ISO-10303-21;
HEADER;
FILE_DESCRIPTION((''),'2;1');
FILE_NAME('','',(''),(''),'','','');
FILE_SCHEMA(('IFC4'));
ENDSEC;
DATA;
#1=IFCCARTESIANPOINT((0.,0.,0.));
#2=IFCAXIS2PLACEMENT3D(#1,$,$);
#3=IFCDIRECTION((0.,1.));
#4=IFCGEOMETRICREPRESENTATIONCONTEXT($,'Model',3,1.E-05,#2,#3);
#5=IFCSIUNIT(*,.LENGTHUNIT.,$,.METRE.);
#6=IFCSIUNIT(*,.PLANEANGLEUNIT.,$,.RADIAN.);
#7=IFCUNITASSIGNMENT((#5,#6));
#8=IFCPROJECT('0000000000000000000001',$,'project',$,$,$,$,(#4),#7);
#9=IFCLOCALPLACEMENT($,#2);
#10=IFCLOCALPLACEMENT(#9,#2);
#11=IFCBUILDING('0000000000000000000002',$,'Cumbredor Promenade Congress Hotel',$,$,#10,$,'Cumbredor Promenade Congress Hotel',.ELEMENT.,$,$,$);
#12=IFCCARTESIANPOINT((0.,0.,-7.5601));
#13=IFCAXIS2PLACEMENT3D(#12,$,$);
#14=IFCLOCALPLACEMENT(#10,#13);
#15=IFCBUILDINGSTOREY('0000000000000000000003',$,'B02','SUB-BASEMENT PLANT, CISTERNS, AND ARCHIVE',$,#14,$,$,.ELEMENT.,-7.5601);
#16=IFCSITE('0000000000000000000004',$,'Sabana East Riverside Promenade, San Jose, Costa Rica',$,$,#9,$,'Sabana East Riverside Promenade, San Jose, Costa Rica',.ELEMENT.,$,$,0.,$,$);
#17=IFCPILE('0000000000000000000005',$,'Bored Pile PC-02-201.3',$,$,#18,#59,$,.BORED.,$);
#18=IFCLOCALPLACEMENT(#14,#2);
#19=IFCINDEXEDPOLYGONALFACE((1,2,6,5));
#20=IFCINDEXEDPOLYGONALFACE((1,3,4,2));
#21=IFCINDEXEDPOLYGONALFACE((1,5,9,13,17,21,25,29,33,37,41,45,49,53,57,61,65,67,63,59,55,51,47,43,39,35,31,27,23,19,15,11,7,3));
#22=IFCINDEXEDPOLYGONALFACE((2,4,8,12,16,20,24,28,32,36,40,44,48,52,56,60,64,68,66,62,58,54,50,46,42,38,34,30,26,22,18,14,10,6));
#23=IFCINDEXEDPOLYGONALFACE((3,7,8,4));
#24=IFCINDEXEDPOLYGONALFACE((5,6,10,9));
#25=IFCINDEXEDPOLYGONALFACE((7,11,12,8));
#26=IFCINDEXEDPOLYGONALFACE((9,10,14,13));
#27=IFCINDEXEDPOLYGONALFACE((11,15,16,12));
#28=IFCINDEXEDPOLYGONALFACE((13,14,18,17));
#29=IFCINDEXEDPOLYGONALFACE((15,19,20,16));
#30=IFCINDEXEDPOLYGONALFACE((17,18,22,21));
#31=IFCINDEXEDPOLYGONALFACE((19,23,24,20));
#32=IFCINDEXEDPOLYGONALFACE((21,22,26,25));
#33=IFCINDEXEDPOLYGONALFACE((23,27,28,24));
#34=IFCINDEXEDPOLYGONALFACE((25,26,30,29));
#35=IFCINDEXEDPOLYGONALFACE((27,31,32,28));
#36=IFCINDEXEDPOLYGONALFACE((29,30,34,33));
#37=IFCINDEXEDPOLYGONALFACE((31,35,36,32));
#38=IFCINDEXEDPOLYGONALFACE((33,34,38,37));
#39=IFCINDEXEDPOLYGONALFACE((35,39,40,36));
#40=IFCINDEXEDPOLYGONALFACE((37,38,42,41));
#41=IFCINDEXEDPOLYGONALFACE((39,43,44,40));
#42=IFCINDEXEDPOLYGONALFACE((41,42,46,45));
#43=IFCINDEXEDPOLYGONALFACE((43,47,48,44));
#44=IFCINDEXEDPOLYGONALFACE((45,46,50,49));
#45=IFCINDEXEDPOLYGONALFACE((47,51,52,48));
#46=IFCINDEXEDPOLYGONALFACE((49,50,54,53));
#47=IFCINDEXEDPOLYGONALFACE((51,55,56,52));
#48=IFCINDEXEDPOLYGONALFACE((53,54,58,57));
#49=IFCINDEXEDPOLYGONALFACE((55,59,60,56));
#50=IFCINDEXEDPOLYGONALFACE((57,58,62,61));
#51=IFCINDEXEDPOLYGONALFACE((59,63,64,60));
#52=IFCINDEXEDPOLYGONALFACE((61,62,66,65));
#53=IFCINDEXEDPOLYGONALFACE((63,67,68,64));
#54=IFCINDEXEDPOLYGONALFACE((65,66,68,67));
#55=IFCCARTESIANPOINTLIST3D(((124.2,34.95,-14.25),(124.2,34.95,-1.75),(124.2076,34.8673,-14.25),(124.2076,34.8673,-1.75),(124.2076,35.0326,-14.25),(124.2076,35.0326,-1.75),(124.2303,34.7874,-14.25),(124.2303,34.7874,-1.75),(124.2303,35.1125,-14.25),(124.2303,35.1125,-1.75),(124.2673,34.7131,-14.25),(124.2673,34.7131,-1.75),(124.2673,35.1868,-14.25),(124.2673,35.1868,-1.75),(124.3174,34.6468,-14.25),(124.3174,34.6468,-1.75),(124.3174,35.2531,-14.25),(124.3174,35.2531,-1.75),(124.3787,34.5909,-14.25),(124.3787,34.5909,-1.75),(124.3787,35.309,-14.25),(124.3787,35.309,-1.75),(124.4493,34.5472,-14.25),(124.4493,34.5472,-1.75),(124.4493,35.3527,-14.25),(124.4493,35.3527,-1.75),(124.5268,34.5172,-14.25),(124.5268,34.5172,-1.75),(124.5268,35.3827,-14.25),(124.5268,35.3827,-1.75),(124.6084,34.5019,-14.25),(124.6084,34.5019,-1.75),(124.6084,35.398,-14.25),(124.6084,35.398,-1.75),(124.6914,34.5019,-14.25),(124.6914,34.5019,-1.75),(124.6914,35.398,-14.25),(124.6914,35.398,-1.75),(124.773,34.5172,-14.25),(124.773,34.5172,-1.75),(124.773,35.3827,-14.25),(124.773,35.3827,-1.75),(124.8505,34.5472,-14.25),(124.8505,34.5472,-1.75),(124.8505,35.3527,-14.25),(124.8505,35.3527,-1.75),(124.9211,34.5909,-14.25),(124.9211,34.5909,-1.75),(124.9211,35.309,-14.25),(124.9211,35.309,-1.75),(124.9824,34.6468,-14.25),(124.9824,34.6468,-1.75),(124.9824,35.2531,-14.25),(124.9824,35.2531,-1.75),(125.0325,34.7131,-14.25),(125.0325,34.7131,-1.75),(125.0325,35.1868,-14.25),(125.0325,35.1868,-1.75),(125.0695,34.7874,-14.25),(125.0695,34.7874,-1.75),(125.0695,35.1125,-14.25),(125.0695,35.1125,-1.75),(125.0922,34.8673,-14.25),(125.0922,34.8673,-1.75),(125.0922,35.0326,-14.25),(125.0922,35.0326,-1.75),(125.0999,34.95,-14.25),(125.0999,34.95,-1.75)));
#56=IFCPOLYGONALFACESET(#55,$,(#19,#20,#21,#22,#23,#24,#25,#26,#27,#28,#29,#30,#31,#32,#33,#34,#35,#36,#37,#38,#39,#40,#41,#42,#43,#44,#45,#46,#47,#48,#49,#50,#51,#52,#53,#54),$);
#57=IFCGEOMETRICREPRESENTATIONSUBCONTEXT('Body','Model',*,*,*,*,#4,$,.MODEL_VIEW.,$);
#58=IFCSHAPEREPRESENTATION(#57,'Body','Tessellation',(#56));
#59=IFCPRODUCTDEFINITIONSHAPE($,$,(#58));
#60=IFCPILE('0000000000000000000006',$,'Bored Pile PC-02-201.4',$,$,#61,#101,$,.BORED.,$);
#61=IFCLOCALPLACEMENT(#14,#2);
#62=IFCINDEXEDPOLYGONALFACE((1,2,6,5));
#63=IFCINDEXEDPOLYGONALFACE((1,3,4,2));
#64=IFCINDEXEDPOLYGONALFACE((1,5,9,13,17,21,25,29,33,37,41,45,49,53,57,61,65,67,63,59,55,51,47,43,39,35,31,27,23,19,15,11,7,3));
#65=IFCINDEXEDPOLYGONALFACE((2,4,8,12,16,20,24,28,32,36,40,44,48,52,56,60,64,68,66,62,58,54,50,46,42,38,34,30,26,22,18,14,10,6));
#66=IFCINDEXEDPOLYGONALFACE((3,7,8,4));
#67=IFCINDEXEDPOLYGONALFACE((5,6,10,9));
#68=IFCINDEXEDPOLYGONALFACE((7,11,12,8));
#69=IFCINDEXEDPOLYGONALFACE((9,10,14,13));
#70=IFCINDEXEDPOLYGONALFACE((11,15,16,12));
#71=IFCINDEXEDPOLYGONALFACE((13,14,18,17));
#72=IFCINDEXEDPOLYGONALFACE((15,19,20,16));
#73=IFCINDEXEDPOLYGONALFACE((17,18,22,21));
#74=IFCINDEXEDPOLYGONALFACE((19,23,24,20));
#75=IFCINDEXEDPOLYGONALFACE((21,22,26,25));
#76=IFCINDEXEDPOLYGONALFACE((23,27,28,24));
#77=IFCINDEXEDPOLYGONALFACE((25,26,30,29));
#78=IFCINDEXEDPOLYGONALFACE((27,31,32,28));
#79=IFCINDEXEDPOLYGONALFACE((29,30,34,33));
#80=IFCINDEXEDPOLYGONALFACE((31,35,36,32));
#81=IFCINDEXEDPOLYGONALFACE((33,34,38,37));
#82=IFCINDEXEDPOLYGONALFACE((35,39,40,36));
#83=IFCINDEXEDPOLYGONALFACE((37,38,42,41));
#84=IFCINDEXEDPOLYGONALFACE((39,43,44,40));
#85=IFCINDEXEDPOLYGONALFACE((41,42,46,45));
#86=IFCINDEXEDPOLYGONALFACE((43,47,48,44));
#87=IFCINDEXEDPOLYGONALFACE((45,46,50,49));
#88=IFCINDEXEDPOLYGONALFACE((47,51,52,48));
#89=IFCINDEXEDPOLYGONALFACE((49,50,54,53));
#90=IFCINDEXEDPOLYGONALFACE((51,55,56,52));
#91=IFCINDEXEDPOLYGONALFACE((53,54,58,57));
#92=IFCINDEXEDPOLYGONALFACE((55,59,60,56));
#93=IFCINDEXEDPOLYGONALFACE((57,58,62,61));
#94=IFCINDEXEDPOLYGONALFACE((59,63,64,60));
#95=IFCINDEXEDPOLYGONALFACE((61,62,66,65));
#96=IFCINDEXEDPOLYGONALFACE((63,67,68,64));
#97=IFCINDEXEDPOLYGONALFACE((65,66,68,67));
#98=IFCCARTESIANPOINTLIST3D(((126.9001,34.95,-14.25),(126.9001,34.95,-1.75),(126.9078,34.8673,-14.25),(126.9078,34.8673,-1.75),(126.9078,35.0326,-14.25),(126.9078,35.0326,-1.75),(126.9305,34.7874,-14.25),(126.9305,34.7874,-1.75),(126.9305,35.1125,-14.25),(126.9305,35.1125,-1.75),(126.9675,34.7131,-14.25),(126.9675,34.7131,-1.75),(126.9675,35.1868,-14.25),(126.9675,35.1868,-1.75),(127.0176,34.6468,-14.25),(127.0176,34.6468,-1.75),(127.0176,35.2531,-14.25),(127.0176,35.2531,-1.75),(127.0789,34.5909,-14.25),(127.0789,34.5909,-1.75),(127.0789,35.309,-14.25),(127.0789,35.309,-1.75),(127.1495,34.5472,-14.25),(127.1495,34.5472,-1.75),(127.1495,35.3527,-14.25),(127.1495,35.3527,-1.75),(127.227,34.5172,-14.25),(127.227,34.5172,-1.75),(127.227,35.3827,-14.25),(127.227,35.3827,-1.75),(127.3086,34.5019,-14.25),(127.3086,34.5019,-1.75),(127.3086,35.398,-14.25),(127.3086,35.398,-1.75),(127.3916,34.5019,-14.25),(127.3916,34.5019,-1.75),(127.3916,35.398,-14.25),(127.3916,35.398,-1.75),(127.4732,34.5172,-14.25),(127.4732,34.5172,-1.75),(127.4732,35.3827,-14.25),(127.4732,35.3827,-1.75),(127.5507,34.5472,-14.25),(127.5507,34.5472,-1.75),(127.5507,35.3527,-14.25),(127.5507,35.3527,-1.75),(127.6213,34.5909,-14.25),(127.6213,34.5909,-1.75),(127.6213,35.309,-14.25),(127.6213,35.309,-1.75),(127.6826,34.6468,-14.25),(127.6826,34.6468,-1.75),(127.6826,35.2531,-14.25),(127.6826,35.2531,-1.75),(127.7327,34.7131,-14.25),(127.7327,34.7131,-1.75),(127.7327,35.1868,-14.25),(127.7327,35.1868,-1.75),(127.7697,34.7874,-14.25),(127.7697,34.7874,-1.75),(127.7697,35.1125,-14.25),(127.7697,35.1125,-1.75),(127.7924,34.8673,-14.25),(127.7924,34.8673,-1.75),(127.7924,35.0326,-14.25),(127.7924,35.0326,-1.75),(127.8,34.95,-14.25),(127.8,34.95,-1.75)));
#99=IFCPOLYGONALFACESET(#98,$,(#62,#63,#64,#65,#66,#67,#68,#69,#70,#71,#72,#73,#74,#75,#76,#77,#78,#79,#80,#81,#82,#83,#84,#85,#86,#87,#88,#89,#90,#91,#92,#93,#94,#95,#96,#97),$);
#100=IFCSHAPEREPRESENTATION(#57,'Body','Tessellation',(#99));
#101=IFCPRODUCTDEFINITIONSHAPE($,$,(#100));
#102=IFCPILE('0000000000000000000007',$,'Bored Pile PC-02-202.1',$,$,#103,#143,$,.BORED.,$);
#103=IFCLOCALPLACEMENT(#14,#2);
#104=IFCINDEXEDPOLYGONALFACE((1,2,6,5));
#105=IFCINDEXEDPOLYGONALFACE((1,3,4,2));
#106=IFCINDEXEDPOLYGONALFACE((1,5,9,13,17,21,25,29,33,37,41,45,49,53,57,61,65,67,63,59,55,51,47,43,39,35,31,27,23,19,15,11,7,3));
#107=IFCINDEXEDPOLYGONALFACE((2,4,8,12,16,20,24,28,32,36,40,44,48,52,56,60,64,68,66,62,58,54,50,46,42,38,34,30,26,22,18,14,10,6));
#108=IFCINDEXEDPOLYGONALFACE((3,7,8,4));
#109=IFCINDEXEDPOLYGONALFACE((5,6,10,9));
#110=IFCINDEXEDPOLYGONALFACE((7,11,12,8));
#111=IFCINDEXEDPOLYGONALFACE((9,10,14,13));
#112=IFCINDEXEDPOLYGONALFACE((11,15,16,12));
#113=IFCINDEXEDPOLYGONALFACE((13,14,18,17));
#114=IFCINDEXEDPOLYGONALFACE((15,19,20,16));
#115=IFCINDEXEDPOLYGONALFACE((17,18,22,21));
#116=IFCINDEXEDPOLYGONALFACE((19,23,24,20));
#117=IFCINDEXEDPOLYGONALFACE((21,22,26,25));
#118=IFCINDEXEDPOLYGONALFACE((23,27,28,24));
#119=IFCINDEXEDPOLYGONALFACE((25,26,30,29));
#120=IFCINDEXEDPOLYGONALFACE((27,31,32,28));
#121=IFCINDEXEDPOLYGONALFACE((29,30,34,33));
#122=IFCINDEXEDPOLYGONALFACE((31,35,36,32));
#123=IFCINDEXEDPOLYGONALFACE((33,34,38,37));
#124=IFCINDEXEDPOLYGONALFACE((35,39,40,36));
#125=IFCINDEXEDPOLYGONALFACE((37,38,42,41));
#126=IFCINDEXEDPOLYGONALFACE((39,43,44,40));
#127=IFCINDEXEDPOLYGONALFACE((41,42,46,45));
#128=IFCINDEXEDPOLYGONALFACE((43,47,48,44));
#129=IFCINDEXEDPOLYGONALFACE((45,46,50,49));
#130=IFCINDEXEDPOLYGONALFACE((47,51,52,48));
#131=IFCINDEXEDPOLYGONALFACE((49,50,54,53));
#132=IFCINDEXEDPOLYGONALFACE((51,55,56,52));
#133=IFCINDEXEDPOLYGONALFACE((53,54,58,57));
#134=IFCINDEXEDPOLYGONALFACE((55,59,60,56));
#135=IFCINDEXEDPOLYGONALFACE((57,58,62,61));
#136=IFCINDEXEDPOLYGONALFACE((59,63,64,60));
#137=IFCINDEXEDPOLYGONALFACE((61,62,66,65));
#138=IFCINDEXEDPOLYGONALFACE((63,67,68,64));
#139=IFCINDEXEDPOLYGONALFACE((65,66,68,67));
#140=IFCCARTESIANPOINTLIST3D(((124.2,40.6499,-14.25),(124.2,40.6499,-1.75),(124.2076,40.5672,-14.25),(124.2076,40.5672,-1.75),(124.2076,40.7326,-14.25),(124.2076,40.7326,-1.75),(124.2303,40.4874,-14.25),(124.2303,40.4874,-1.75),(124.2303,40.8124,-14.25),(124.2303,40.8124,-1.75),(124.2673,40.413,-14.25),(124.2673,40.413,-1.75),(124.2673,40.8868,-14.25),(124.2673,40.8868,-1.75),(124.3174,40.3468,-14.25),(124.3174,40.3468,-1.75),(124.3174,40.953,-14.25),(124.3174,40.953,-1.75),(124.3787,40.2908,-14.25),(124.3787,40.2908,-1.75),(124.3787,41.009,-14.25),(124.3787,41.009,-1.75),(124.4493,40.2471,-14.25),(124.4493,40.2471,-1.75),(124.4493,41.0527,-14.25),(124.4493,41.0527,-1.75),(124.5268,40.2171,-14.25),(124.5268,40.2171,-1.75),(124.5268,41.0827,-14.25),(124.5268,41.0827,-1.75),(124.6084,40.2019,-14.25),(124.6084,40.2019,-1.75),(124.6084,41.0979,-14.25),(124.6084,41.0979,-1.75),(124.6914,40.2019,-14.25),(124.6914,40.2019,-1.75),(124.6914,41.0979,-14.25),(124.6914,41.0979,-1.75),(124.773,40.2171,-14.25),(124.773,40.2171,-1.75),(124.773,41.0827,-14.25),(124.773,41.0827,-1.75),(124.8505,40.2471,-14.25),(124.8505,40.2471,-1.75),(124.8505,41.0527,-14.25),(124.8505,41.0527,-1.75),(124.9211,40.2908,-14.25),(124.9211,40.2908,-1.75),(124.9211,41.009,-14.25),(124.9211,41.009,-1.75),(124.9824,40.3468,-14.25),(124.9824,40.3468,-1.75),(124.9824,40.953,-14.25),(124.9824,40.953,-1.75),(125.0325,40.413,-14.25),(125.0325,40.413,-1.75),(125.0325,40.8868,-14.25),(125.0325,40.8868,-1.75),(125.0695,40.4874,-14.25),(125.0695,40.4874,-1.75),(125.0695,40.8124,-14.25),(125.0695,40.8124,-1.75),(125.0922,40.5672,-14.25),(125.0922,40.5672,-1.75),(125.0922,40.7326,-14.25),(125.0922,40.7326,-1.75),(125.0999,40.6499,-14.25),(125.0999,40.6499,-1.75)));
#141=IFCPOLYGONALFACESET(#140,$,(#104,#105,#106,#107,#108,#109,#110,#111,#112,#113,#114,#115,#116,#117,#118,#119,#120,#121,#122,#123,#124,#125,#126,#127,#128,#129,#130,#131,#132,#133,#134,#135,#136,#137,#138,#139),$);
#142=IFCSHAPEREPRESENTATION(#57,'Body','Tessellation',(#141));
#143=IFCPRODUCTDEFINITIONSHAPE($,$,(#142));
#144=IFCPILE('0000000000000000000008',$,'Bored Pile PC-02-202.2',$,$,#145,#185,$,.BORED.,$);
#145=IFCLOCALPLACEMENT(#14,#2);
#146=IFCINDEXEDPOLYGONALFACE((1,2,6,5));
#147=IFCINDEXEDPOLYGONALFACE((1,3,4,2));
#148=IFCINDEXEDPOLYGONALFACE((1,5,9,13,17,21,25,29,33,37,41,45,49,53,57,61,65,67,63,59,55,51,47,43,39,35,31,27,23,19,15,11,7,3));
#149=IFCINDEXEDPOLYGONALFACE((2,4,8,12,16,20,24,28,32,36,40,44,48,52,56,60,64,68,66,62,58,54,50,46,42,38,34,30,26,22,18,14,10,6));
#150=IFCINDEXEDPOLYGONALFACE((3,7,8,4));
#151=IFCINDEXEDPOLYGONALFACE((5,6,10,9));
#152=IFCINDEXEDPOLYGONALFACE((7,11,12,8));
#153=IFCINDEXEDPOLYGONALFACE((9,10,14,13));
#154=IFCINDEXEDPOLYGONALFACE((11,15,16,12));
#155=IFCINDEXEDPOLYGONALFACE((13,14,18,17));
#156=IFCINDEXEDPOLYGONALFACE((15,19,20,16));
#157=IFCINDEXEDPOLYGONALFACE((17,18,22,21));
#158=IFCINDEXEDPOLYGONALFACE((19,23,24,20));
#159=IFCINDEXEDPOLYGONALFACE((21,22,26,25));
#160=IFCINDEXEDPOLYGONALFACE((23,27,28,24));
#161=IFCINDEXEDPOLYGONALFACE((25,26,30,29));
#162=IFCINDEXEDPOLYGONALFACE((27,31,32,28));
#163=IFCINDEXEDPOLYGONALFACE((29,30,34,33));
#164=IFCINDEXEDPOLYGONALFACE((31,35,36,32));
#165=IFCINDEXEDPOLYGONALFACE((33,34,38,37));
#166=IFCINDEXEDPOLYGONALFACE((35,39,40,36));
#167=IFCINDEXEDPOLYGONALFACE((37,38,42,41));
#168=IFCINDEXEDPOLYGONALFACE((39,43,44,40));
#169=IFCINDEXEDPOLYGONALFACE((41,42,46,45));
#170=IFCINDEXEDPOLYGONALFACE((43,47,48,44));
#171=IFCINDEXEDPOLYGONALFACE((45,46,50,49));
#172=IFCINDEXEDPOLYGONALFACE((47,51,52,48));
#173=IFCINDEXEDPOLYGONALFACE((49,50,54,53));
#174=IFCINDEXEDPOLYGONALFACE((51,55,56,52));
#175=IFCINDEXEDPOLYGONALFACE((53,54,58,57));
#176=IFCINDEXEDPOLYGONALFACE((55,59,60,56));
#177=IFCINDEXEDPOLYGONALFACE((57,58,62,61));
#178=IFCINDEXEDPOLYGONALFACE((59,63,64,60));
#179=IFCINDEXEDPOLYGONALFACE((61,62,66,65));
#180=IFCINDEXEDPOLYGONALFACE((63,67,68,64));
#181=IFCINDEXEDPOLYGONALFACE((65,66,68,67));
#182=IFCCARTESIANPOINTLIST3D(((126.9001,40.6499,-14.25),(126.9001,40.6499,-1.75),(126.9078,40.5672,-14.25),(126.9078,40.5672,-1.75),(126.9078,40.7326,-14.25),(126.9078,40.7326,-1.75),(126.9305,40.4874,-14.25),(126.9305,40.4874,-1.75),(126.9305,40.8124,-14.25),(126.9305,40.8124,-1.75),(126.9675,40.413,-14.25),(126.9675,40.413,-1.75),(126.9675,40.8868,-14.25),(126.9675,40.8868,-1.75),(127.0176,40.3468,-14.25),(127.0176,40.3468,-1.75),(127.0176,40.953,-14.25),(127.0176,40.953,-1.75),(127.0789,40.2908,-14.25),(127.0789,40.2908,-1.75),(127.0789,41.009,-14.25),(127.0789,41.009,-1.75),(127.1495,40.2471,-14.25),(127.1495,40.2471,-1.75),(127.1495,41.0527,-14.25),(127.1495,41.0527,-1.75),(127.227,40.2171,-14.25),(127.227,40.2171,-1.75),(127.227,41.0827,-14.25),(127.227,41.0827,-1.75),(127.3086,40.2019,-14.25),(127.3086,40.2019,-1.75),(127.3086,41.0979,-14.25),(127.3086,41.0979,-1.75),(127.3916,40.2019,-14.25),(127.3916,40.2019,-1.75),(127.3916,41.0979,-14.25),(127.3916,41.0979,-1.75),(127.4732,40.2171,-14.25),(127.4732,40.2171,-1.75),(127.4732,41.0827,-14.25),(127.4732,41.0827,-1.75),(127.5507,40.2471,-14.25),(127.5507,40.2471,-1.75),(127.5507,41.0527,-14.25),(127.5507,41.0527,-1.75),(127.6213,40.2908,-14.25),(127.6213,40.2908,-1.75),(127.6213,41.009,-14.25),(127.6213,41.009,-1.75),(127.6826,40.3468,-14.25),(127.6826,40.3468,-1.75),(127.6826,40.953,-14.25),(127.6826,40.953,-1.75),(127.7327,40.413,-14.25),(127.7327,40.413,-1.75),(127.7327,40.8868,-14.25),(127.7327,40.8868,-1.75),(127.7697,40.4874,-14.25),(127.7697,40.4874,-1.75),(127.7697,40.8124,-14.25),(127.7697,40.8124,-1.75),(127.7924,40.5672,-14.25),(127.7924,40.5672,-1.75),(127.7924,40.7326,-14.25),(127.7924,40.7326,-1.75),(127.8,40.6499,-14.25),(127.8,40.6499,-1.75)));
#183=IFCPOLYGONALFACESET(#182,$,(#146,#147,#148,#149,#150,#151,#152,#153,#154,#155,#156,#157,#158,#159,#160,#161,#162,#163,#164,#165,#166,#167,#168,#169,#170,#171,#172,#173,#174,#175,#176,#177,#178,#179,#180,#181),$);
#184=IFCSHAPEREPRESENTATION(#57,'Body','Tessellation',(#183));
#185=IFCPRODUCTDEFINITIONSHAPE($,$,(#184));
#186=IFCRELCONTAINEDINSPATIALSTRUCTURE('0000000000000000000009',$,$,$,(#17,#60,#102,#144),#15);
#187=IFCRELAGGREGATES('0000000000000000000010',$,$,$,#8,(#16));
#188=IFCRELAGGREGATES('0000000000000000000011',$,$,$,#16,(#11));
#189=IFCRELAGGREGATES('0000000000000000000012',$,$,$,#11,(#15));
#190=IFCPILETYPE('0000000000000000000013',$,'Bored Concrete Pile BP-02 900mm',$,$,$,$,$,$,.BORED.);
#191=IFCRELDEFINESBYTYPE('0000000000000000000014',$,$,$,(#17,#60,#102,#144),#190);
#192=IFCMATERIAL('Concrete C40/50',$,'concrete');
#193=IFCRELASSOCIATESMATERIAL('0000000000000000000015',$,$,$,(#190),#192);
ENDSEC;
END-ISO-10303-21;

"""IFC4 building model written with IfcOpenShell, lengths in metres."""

from ifc_helpers import new_model, si_unit, direction, frame, origin, origin_2d, place, context, subcontext, project, spatial, circle, extrude, material, material_profile, profile_set, type_object, element, save


model = new_model("IFC4")

# Units and contexts
model_context = context("Model", 3, precision=1e-05, world=origin(), true_north=direction((0.0, 1.0)))
body_context = subcontext(model_context, "Body", "Model", "MODEL_VIEW")
ifc_project = project(units=[si_unit("LENGTHUNIT", "METRE"), si_unit("PLANEANGLEUNIT", "RADIAN")], contexts=[model_context])

# Site, building, storey
site_placement = place(None, origin())
site = spatial("IfcSite", under=ifc_project, at=site_placement, Name="Sabana East Riverside Promenade, San Jose, Costa Rica", LongName="Sabana East Riverside Promenade, San Jose, Costa Rica", CompositionType="ELEMENT", RefElevation=0.0)
building_placement = place(site_placement, origin())
building = spatial("IfcBuilding", under=site, at=building_placement, Name="Cumbredor Promenade Congress Hotel", LongName="Cumbredor Promenade Congress Hotel", CompositionType="ELEMENT")
storey_placement = place(building_placement, frame((0.0, 0.0, -7.5601)))
storey = spatial("IfcBuildingStorey", under=building, at=storey_placement, Name="B02", Description="SUB-BASEMENT PLANT, CISTERNS, AND ARCHIVE", CompositionType="ELEMENT", Elevation=-7.5601)

# Piles
ifc_material_1 = material(Name="Concrete C40/50", Category="concrete")
ifc_material_profile_1 = material_profile(ifc_material_1, circle(Radius=0.45, at=origin_2d()), Name="PILE D900")
ifc_profile_set_1 = profile_set([ifc_material_profile_1], Name="Concrete C40/50")
pile_type = type_object("IfcPileType", Name="Bored Concrete Pile BP-02 900mm", PredefinedType="BORED", material=ifc_profile_set_1)
for number, where, z_axis, x_axis, name in (
    (1, (124.6499, 34.95, -1.75), (0.0, 0.0, -1.0), (1.0, 0.0, 0.0), "Bored Pile PC-02-201.3"),
    (2, (127.3501, 34.95, -1.75), (0.0, 0.0, -1.0), (1.0, 0.0, 0.0), "Bored Pile PC-02-201.4"),
    (3, (124.6499, 40.6499, -1.75), (0.0, 0.0, -1.0), (1.0, 0.0, 0.0), "Bored Pile PC-02-202.1"),
    (4, (127.3501, 40.6499, -1.75), (0.0, 0.0, -1.0), (1.0, 0.0, 0.0), "Bored Pile PC-02-202.2"),
):
    element("IfcPile", number, at=place(storey_placement, frame(where, z_axis=z_axis, x_axis=x_axis)), inside=storey, type_object=pile_type, Name=name, PredefinedType="BORED", context=body_context, shape_type="SweptSolid", body=[
        extrude(circle(Radius=0.45, at=origin_2d()), origin(), (0.0, 0.0, 1.0), 12.5),
    ])

save(model, "model.ifc")
